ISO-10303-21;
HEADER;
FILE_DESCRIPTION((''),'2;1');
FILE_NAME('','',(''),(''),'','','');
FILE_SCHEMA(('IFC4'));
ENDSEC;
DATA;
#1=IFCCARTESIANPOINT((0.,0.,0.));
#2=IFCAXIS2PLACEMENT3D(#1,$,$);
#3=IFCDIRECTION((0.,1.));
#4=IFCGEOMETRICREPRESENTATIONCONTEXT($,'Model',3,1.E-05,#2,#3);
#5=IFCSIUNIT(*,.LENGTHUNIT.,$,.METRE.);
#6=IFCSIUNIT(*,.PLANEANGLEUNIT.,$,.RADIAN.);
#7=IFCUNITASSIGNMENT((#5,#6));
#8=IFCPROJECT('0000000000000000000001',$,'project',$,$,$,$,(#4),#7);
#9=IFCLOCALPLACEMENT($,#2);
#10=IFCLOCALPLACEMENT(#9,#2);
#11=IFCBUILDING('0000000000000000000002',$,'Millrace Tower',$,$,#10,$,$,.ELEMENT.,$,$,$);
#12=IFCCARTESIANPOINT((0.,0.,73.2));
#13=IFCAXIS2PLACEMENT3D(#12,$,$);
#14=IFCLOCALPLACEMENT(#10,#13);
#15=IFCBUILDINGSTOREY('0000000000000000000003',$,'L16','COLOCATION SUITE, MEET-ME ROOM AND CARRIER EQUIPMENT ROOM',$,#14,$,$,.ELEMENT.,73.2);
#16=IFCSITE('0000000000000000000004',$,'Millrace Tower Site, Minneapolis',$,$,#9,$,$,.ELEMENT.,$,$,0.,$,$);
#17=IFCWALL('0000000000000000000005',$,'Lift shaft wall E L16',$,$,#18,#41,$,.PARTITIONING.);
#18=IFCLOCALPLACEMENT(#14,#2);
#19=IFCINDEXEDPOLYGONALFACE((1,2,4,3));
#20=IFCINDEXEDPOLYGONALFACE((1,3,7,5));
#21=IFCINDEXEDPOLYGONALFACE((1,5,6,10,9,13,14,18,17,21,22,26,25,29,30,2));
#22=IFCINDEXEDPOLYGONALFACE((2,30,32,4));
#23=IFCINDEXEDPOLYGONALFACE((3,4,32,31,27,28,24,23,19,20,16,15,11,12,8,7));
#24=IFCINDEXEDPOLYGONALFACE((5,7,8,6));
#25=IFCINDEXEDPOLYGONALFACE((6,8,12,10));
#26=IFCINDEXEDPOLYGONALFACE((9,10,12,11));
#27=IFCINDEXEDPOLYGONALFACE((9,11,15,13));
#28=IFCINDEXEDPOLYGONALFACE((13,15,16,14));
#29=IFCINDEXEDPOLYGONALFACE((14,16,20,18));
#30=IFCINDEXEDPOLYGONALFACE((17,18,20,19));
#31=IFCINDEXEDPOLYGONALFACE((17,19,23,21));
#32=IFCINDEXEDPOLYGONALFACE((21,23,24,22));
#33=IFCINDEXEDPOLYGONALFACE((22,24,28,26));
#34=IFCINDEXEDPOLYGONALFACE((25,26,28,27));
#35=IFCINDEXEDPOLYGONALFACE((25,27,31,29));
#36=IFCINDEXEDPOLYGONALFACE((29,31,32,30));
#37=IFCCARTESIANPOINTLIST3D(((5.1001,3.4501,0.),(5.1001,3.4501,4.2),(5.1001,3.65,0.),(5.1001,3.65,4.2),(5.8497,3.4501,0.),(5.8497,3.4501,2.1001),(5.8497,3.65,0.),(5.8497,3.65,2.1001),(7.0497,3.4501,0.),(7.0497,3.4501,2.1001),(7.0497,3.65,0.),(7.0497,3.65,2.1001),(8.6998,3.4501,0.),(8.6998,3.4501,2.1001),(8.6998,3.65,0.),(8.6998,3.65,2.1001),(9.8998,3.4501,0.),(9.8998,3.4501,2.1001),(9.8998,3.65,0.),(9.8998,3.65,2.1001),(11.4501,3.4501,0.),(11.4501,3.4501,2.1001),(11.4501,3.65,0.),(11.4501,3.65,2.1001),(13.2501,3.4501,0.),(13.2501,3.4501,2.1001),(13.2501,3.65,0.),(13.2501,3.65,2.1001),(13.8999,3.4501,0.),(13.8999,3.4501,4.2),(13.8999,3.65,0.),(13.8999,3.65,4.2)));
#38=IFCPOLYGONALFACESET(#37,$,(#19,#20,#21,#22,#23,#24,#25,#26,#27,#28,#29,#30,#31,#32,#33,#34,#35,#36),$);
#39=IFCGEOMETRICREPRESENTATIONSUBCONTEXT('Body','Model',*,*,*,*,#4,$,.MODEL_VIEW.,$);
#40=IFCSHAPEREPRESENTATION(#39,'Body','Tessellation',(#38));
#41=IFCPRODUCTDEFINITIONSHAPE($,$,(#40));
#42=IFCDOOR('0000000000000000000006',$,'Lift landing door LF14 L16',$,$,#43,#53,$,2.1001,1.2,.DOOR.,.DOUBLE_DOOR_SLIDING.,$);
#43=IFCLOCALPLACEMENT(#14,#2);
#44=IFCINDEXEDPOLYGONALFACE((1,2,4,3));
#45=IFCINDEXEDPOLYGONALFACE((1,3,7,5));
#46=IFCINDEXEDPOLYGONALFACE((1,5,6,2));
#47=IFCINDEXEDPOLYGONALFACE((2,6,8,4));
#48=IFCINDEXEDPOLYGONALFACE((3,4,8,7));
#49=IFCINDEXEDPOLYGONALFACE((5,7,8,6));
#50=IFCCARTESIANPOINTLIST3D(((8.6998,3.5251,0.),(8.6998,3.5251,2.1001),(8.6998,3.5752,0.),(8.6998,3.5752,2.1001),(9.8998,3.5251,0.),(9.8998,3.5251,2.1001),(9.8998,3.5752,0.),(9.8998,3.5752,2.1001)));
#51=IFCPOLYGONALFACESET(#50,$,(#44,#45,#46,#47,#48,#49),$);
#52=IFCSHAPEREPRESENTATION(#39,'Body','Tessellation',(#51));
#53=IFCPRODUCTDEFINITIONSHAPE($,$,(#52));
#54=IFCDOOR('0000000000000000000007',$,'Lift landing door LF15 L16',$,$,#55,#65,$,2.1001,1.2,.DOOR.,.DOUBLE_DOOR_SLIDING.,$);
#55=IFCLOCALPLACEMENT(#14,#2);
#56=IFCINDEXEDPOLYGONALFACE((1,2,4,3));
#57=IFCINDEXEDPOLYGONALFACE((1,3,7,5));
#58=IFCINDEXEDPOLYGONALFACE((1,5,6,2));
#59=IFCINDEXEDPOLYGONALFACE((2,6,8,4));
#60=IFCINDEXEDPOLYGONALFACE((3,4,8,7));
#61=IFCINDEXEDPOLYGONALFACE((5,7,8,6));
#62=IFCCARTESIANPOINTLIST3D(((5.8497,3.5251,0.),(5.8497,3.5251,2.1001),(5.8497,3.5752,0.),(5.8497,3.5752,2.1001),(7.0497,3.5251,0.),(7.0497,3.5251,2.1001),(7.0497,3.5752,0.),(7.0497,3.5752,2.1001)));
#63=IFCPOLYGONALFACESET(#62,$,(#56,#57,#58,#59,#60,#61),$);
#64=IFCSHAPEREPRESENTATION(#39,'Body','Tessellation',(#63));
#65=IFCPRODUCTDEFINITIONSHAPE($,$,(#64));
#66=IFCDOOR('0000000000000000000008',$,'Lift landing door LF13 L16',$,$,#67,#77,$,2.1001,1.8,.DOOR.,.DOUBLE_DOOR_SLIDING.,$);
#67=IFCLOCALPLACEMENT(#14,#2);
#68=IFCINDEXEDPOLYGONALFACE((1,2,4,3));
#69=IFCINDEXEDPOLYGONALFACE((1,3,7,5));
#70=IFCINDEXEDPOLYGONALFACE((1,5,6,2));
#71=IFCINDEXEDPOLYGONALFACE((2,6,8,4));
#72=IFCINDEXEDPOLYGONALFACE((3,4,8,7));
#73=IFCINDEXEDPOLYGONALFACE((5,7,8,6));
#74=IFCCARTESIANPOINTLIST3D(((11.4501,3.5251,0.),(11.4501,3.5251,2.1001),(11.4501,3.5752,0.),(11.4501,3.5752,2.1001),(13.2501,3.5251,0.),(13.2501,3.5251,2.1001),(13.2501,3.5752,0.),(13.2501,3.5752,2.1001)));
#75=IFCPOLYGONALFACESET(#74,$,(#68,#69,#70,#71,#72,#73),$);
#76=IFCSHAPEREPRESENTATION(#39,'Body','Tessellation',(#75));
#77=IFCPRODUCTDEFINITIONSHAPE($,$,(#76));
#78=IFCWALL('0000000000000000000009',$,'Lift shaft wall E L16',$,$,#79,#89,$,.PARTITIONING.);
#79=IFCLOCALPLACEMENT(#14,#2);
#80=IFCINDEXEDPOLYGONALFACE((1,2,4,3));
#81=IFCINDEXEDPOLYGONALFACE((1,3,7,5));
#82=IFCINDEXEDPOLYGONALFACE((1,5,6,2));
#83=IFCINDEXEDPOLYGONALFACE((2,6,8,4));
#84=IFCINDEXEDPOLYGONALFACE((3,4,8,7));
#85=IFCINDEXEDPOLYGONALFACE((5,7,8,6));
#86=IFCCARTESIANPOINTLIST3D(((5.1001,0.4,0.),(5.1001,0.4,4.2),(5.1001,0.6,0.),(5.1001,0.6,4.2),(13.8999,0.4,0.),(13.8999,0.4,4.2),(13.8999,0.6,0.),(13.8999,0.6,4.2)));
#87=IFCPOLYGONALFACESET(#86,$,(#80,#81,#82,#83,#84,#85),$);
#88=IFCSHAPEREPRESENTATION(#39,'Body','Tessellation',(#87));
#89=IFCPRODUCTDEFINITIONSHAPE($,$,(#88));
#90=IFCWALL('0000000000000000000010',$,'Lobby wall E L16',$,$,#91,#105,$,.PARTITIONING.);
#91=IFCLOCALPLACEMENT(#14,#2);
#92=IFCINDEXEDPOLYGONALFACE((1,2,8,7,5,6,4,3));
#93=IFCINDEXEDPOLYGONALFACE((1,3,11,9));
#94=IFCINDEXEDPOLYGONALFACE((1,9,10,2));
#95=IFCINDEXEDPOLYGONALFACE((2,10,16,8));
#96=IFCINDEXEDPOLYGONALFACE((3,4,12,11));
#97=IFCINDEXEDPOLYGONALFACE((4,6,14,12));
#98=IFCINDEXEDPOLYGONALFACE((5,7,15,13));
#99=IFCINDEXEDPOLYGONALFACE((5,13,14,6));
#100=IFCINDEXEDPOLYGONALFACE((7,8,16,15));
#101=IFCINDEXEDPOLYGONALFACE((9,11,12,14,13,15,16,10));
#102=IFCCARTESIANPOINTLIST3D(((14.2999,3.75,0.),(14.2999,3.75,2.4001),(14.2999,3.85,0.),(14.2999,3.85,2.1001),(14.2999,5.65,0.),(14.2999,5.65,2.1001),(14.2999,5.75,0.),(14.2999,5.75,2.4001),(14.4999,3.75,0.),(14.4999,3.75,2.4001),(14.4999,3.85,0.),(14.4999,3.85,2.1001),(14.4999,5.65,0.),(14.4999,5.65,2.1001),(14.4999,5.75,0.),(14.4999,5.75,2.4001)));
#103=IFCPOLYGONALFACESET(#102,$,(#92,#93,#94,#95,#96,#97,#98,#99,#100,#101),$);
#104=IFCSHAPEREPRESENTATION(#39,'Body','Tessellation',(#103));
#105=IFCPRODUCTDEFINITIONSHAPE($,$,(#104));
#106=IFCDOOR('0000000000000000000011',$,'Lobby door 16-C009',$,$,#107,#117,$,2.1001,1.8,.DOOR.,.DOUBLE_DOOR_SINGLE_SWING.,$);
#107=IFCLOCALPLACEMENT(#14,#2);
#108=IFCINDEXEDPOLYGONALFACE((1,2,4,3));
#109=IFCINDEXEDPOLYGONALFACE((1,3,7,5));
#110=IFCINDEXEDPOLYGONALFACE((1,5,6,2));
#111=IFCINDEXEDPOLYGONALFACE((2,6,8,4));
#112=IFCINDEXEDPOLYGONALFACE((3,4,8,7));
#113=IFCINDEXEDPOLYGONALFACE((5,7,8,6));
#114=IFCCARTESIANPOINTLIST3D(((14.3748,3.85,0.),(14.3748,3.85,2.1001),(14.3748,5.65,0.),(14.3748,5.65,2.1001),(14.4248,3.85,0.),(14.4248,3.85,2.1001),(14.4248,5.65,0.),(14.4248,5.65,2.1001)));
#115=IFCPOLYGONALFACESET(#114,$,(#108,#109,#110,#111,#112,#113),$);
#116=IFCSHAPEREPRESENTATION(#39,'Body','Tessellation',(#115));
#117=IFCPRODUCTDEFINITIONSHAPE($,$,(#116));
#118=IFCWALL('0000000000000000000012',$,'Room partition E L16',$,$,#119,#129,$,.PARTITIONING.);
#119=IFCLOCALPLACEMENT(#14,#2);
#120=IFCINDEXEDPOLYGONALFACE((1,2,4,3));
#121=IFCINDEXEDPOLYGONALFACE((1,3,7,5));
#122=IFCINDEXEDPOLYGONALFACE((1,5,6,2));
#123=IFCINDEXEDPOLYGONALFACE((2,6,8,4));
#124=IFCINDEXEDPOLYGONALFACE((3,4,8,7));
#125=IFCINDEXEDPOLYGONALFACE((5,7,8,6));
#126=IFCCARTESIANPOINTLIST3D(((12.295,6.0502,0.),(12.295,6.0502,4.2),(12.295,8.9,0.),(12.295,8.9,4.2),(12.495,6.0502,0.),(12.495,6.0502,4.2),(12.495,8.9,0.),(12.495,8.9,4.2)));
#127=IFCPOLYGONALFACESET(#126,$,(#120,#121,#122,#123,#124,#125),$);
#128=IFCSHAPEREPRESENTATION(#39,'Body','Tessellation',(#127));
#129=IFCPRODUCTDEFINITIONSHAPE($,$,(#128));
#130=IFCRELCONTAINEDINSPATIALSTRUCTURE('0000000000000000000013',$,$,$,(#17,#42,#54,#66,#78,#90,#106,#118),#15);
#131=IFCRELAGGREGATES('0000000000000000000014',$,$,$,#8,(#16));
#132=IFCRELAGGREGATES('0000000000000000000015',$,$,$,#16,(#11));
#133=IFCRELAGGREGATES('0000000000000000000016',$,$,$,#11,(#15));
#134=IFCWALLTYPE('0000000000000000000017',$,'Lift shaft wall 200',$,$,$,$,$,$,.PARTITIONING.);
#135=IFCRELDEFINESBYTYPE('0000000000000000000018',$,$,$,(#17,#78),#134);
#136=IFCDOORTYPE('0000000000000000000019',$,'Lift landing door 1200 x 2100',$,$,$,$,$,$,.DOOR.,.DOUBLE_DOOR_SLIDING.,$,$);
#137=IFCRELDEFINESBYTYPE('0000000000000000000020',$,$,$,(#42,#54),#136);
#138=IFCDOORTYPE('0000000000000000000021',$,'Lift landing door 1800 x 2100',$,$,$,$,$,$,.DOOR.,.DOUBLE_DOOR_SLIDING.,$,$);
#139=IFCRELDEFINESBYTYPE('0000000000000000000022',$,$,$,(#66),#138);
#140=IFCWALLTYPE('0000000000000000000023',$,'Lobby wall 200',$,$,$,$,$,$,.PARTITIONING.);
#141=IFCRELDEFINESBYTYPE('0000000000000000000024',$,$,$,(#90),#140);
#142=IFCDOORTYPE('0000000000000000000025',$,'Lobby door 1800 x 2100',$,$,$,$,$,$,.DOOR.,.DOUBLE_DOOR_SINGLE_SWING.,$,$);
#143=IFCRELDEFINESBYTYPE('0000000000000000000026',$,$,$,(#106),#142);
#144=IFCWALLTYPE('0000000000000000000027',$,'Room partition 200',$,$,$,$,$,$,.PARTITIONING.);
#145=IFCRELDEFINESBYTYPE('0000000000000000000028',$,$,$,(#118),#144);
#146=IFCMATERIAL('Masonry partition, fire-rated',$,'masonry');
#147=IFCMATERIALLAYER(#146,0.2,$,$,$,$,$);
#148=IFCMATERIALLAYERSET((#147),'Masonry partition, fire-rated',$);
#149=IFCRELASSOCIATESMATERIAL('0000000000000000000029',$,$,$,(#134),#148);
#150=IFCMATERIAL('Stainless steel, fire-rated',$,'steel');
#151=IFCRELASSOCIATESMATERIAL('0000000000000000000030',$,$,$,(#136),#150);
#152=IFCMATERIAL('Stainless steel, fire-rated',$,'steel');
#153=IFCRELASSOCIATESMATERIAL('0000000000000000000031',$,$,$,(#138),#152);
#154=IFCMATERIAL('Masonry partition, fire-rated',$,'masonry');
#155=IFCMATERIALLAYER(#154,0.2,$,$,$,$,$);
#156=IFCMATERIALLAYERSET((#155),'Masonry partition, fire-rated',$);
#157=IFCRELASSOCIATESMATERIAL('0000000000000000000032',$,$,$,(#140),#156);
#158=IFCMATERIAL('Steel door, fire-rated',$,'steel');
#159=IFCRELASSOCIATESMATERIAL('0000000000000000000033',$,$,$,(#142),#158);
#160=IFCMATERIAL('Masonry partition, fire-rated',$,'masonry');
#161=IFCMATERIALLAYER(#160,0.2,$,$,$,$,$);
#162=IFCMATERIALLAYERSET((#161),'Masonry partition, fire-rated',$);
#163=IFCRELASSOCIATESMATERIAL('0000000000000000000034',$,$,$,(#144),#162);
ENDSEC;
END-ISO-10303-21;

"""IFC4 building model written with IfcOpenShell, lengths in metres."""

from ifc_helpers import new_model, si_unit, direction, frame, frame_2d, origin, place, context, subcontext, project, spatial, rectangle, extrude, material, layer, layer_set, type_object, element, fill, save


model = new_model("IFC4")

# Units and contexts
model_context = context("Model", 3, precision=1e-05, world=origin(), true_north=direction((0.0, 1.0)))
body_context = subcontext(model_context, "Body", "Model", "MODEL_VIEW")
ifc_project = project(units=[si_unit("LENGTHUNIT", "METRE"), si_unit("PLANEANGLEUNIT", "RADIAN")], contexts=[model_context])

# Site, building, storey
site_placement = place(None, origin())
site = spatial("IfcSite", under=ifc_project, at=site_placement, Name="Millrace Tower Site, Minneapolis", CompositionType="ELEMENT", RefElevation=0.0)
building_placement = place(site_placement, origin())
building = spatial("IfcBuilding", under=site, at=building_placement, Name="Millrace Tower", CompositionType="ELEMENT")
storey_placement = place(building_placement, frame((0.0, 0.0, 73.2)))
storey = spatial("IfcBuildingStorey", under=building, at=storey_placement, Name="L16", Description="COLOCATION SUITE, MEET-ME ROOM AND CARRIER EQUIPMENT ROOM", CompositionType="ELEMENT", Elevation=73.2)

# Wall, openings, doors
ifc_material_1 = material(Name="Masonry partition, fire-rated", Category="masonry")
ifc_layer_1 = layer(ifc_material_1, 0.2)
ifc_layer_set_1 = layer_set([ifc_layer_1], Name="Masonry partition, fire-rated")
wall_type_1 = type_object("IfcWallType", Name="Lift shaft wall 200", PredefinedType="PARTITIONING", material=ifc_layer_set_1)
wall_1_placement = place(storey_placement, frame((13.8999, 3.55, 0.0), z_axis=(0.0, 0.0, 1.0), x_axis=(-1.0, 0.0, 0.0)))
wall_1 = element("IfcWall", 1, at=wall_1_placement, inside=storey, type_object=wall_type_1, Name="Lift shaft wall E L16", PredefinedType="PARTITIONING", context=body_context, shape_type="SweptSolid", body=[
    extrude(rectangle(XDim=8.7998, YDim=0.2, at=frame_2d((4.3999, 0.0))), origin(), (0.0, 0.0, 1.0), 4.2),
])
opening_1_placement = place(wall_1_placement, frame((0.6499, 0.0, 0.0)))
opening_1 = element("IfcOpeningElement", 2, at=opening_1_placement, cuts=wall_1, PredefinedType="OPENING", context=body_context, shape_type="SweptSolid", body=[
    extrude(rectangle(XDim=1.8, YDim=2.1001, at=frame_2d((0.8999, 1.05))), frame((0.0, 0.1099, 0.0), z_axis=(0.0, -1.0, 0.0), x_axis=(1.0, 0.0, 0.0)), (0.0, 0.0, 1.0), 0.22),
])
opening_2_placement = place(wall_1_placement, frame((4.0, 0.0, 0.0)))
opening_2 = element("IfcOpeningElement", 3, at=opening_2_placement, cuts=wall_1, PredefinedType="OPENING", context=body_context, shape_type="SweptSolid", body=[
    extrude(rectangle(XDim=1.2, YDim=2.1001, at=frame_2d((0.6001, 1.05))), frame((0.0, 0.1099, 0.0), z_axis=(0.0, -1.0, 0.0), x_axis=(1.0, 0.0, 0.0)), (0.0, 0.0, 1.0), 0.22),
])
opening_3_placement = place(wall_1_placement, frame((6.8501, 0.0, 0.0)))
opening_3 = element("IfcOpeningElement", 4, at=opening_3_placement, cuts=wall_1, PredefinedType="OPENING", context=body_context, shape_type="SweptSolid", body=[
    extrude(rectangle(XDim=1.2, YDim=2.1001, at=frame_2d((0.6001, 1.05))), frame((0.0, 0.1099, 0.0), z_axis=(0.0, -1.0, 0.0), x_axis=(1.0, 0.0, 0.0)), (0.0, 0.0, 1.0), 0.22),
])
ifc_material_2 = material(Name="Stainless steel, fire-rated", Category="steel")
door_type_1 = type_object("IfcDoorType", Name="Lift landing door 1200 x 2100", OperationType="DOUBLE_DOOR_SLIDING", PredefinedType="DOOR", material=ifc_material_2)
door_1_placement = place(opening_2_placement, origin())
door_1 = element("IfcDoor", 5, at=door_1_placement, inside=storey, type_object=door_type_1, Name="Lift landing door LF14 L16", OperationType="DOUBLE_DOOR_SLIDING", OverallHeight=2.1001, OverallWidth=1.2, PredefinedType="DOOR", context=body_context, shape_type="SweptSolid", body=[
    extrude(rectangle(XDim=1.2, YDim=2.1001, at=frame_2d((0.6001, 1.05))), frame((0.0, 0.0249, 0.0), z_axis=(0.0, -1.0, 0.0), x_axis=(1.0, 0.0, 0.0)), (0.0, 0.0, 1.0), 0.05),
])
fill(opening_2, door_1)
door_2_placement = place(opening_3_placement, origin())
door_2 = element("IfcDoor", 6, at=door_2_placement, inside=storey, type_object=door_type_1, Name="Lift landing door LF15 L16", OperationType="DOUBLE_DOOR_SLIDING", OverallHeight=2.1001, OverallWidth=1.2, PredefinedType="DOOR", context=body_context, shape_type="SweptSolid", body=[
    extrude(rectangle(XDim=1.2, YDim=2.1001, at=frame_2d((0.6001, 1.05))), frame((0.0, 0.0249, 0.0), z_axis=(0.0, -1.0, 0.0), x_axis=(1.0, 0.0, 0.0)), (0.0, 0.0, 1.0), 0.05),
])
fill(opening_3, door_2)
ifc_material_3 = material(Name="Stainless steel, fire-rated", Category="steel")
door_type_2 = type_object("IfcDoorType", Name="Lift landing door 1800 x 2100", OperationType="DOUBLE_DOOR_SLIDING", PredefinedType="DOOR", material=ifc_material_3)
door_3_placement = place(opening_1_placement, origin())
door_3 = element("IfcDoor", 7, at=door_3_placement, inside=storey, type_object=door_type_2, Name="Lift landing door LF13 L16", OperationType="DOUBLE_DOOR_SLIDING", OverallHeight=2.1001, OverallWidth=1.8, PredefinedType="DOOR", context=body_context, shape_type="SweptSolid", body=[
    extrude(rectangle(XDim=1.8, YDim=2.1001, at=frame_2d((0.8999, 1.05))), frame((0.0, 0.0249, 0.0), z_axis=(0.0, -1.0, 0.0), x_axis=(1.0, 0.0, 0.0)), (0.0, 0.0, 1.0), 0.05),
])
fill(opening_1, door_3)

# Wall
wall_2_placement = place(storey_placement, frame((13.8999, 0.5, 0.0), z_axis=(0.0, 0.0, 1.0), x_axis=(-1.0, 0.0, 0.0)))
element("IfcWall", 8, at=wall_2_placement, inside=storey, type_object=wall_type_1, Name="Lift shaft wall E L16", PredefinedType="PARTITIONING", context=body_context, shape_type="SweptSolid", body=[
    extrude(rectangle(XDim=8.7998, YDim=0.2, at=frame_2d((4.3999, 0.0))), origin(), (0.0, 0.0, 1.0), 4.2),
])

# Wall, opening, door
ifc_material_4 = material(Name="Masonry partition, fire-rated", Category="masonry")
ifc_layer_2 = layer(ifc_material_4, 0.2)
ifc_layer_set_2 = layer_set([ifc_layer_2], Name="Masonry partition, fire-rated")
wall_type_2 = type_object("IfcWallType", Name="Lobby wall 200", PredefinedType="PARTITIONING", material=ifc_layer_set_2)
wall_3_placement = place(storey_placement, frame((14.3999, 5.75, 0.0), z_axis=(0.0, 0.0, 1.0), x_axis=(0.0, -1.0, 0.0)))
wall_3 = element("IfcWall", 9, at=wall_3_placement, inside=storey, type_object=wall_type_2, Name="Lobby wall E L16", PredefinedType="PARTITIONING", context=body_context, shape_type="SweptSolid", body=[
    extrude(rectangle(XDim=2.0, YDim=0.2, at=frame_2d((1.0, 0.0))), origin(), (0.0, 0.0, 1.0), 2.4001),
])
opening_4_placement = place(wall_3_placement, frame((0.1001, 0.0, 0.0)))
opening_4 = element("IfcOpeningElement", 10, at=opening_4_placement, cuts=wall_3, PredefinedType="OPENING", context=body_context, shape_type="SweptSolid", body=[
    extrude(rectangle(XDim=1.8, YDim=2.1001, at=frame_2d((0.8999, 1.05))), frame((0.0, 0.1099, 0.0), z_axis=(0.0, -1.0, 0.0), x_axis=(1.0, 0.0, 0.0)), (0.0, 0.0, 1.0), 0.22),
])
ifc_material_5 = material(Name="Steel door, fire-rated", Category="steel")
door_type_3 = type_object("IfcDoorType", Name="Lobby door 1800 x 2100", OperationType="DOUBLE_DOOR_SINGLE_SWING", PredefinedType="DOOR", material=ifc_material_5)
door_4_placement = place(opening_4_placement, origin())
door_4 = element("IfcDoor", 11, at=door_4_placement, inside=storey, type_object=door_type_3, Name="Lobby door 16-C009", OperationType="DOUBLE_DOOR_SINGLE_SWING", OverallHeight=2.1001, OverallWidth=1.8, PredefinedType="DOOR", context=body_context, shape_type="SweptSolid", body=[
    extrude(rectangle(XDim=1.8, YDim=2.1001, at=frame_2d((0.8999, 1.05))), frame((0.0, 0.0249, 0.0), z_axis=(0.0, -1.0, 0.0), x_axis=(1.0, 0.0, 0.0)), (0.0, 0.0, 1.0), 0.05),
])
fill(opening_4, door_4)

# Wall
ifc_material_6 = material(Name="Masonry partition, fire-rated", Category="masonry")
ifc_layer_3 = layer(ifc_material_6, 0.2)
ifc_layer_set_3 = layer_set([ifc_layer_3], Name="Masonry partition, fire-rated")
wall_type_3 = type_object("IfcWallType", Name="Room partition 200", PredefinedType="PARTITIONING", material=ifc_layer_set_3)
wall_4_placement = place(storey_placement, frame((12.395, 8.8999, 0.0), z_axis=(0.0, 0.0, 1.0), x_axis=(0.0, -1.0, 0.0)))
element("IfcWall", 12, at=wall_4_placement, inside=storey, type_object=wall_type_3, Name="Room partition E L16", PredefinedType="PARTITIONING", context=body_context, shape_type="SweptSolid", body=[
    extrude(rectangle(XDim=2.8499, YDim=0.2, at=frame_2d((1.4248, 0.0))), origin(), (0.0, 0.0, 1.0), 4.2),
])

save(model, "model.ifc")
